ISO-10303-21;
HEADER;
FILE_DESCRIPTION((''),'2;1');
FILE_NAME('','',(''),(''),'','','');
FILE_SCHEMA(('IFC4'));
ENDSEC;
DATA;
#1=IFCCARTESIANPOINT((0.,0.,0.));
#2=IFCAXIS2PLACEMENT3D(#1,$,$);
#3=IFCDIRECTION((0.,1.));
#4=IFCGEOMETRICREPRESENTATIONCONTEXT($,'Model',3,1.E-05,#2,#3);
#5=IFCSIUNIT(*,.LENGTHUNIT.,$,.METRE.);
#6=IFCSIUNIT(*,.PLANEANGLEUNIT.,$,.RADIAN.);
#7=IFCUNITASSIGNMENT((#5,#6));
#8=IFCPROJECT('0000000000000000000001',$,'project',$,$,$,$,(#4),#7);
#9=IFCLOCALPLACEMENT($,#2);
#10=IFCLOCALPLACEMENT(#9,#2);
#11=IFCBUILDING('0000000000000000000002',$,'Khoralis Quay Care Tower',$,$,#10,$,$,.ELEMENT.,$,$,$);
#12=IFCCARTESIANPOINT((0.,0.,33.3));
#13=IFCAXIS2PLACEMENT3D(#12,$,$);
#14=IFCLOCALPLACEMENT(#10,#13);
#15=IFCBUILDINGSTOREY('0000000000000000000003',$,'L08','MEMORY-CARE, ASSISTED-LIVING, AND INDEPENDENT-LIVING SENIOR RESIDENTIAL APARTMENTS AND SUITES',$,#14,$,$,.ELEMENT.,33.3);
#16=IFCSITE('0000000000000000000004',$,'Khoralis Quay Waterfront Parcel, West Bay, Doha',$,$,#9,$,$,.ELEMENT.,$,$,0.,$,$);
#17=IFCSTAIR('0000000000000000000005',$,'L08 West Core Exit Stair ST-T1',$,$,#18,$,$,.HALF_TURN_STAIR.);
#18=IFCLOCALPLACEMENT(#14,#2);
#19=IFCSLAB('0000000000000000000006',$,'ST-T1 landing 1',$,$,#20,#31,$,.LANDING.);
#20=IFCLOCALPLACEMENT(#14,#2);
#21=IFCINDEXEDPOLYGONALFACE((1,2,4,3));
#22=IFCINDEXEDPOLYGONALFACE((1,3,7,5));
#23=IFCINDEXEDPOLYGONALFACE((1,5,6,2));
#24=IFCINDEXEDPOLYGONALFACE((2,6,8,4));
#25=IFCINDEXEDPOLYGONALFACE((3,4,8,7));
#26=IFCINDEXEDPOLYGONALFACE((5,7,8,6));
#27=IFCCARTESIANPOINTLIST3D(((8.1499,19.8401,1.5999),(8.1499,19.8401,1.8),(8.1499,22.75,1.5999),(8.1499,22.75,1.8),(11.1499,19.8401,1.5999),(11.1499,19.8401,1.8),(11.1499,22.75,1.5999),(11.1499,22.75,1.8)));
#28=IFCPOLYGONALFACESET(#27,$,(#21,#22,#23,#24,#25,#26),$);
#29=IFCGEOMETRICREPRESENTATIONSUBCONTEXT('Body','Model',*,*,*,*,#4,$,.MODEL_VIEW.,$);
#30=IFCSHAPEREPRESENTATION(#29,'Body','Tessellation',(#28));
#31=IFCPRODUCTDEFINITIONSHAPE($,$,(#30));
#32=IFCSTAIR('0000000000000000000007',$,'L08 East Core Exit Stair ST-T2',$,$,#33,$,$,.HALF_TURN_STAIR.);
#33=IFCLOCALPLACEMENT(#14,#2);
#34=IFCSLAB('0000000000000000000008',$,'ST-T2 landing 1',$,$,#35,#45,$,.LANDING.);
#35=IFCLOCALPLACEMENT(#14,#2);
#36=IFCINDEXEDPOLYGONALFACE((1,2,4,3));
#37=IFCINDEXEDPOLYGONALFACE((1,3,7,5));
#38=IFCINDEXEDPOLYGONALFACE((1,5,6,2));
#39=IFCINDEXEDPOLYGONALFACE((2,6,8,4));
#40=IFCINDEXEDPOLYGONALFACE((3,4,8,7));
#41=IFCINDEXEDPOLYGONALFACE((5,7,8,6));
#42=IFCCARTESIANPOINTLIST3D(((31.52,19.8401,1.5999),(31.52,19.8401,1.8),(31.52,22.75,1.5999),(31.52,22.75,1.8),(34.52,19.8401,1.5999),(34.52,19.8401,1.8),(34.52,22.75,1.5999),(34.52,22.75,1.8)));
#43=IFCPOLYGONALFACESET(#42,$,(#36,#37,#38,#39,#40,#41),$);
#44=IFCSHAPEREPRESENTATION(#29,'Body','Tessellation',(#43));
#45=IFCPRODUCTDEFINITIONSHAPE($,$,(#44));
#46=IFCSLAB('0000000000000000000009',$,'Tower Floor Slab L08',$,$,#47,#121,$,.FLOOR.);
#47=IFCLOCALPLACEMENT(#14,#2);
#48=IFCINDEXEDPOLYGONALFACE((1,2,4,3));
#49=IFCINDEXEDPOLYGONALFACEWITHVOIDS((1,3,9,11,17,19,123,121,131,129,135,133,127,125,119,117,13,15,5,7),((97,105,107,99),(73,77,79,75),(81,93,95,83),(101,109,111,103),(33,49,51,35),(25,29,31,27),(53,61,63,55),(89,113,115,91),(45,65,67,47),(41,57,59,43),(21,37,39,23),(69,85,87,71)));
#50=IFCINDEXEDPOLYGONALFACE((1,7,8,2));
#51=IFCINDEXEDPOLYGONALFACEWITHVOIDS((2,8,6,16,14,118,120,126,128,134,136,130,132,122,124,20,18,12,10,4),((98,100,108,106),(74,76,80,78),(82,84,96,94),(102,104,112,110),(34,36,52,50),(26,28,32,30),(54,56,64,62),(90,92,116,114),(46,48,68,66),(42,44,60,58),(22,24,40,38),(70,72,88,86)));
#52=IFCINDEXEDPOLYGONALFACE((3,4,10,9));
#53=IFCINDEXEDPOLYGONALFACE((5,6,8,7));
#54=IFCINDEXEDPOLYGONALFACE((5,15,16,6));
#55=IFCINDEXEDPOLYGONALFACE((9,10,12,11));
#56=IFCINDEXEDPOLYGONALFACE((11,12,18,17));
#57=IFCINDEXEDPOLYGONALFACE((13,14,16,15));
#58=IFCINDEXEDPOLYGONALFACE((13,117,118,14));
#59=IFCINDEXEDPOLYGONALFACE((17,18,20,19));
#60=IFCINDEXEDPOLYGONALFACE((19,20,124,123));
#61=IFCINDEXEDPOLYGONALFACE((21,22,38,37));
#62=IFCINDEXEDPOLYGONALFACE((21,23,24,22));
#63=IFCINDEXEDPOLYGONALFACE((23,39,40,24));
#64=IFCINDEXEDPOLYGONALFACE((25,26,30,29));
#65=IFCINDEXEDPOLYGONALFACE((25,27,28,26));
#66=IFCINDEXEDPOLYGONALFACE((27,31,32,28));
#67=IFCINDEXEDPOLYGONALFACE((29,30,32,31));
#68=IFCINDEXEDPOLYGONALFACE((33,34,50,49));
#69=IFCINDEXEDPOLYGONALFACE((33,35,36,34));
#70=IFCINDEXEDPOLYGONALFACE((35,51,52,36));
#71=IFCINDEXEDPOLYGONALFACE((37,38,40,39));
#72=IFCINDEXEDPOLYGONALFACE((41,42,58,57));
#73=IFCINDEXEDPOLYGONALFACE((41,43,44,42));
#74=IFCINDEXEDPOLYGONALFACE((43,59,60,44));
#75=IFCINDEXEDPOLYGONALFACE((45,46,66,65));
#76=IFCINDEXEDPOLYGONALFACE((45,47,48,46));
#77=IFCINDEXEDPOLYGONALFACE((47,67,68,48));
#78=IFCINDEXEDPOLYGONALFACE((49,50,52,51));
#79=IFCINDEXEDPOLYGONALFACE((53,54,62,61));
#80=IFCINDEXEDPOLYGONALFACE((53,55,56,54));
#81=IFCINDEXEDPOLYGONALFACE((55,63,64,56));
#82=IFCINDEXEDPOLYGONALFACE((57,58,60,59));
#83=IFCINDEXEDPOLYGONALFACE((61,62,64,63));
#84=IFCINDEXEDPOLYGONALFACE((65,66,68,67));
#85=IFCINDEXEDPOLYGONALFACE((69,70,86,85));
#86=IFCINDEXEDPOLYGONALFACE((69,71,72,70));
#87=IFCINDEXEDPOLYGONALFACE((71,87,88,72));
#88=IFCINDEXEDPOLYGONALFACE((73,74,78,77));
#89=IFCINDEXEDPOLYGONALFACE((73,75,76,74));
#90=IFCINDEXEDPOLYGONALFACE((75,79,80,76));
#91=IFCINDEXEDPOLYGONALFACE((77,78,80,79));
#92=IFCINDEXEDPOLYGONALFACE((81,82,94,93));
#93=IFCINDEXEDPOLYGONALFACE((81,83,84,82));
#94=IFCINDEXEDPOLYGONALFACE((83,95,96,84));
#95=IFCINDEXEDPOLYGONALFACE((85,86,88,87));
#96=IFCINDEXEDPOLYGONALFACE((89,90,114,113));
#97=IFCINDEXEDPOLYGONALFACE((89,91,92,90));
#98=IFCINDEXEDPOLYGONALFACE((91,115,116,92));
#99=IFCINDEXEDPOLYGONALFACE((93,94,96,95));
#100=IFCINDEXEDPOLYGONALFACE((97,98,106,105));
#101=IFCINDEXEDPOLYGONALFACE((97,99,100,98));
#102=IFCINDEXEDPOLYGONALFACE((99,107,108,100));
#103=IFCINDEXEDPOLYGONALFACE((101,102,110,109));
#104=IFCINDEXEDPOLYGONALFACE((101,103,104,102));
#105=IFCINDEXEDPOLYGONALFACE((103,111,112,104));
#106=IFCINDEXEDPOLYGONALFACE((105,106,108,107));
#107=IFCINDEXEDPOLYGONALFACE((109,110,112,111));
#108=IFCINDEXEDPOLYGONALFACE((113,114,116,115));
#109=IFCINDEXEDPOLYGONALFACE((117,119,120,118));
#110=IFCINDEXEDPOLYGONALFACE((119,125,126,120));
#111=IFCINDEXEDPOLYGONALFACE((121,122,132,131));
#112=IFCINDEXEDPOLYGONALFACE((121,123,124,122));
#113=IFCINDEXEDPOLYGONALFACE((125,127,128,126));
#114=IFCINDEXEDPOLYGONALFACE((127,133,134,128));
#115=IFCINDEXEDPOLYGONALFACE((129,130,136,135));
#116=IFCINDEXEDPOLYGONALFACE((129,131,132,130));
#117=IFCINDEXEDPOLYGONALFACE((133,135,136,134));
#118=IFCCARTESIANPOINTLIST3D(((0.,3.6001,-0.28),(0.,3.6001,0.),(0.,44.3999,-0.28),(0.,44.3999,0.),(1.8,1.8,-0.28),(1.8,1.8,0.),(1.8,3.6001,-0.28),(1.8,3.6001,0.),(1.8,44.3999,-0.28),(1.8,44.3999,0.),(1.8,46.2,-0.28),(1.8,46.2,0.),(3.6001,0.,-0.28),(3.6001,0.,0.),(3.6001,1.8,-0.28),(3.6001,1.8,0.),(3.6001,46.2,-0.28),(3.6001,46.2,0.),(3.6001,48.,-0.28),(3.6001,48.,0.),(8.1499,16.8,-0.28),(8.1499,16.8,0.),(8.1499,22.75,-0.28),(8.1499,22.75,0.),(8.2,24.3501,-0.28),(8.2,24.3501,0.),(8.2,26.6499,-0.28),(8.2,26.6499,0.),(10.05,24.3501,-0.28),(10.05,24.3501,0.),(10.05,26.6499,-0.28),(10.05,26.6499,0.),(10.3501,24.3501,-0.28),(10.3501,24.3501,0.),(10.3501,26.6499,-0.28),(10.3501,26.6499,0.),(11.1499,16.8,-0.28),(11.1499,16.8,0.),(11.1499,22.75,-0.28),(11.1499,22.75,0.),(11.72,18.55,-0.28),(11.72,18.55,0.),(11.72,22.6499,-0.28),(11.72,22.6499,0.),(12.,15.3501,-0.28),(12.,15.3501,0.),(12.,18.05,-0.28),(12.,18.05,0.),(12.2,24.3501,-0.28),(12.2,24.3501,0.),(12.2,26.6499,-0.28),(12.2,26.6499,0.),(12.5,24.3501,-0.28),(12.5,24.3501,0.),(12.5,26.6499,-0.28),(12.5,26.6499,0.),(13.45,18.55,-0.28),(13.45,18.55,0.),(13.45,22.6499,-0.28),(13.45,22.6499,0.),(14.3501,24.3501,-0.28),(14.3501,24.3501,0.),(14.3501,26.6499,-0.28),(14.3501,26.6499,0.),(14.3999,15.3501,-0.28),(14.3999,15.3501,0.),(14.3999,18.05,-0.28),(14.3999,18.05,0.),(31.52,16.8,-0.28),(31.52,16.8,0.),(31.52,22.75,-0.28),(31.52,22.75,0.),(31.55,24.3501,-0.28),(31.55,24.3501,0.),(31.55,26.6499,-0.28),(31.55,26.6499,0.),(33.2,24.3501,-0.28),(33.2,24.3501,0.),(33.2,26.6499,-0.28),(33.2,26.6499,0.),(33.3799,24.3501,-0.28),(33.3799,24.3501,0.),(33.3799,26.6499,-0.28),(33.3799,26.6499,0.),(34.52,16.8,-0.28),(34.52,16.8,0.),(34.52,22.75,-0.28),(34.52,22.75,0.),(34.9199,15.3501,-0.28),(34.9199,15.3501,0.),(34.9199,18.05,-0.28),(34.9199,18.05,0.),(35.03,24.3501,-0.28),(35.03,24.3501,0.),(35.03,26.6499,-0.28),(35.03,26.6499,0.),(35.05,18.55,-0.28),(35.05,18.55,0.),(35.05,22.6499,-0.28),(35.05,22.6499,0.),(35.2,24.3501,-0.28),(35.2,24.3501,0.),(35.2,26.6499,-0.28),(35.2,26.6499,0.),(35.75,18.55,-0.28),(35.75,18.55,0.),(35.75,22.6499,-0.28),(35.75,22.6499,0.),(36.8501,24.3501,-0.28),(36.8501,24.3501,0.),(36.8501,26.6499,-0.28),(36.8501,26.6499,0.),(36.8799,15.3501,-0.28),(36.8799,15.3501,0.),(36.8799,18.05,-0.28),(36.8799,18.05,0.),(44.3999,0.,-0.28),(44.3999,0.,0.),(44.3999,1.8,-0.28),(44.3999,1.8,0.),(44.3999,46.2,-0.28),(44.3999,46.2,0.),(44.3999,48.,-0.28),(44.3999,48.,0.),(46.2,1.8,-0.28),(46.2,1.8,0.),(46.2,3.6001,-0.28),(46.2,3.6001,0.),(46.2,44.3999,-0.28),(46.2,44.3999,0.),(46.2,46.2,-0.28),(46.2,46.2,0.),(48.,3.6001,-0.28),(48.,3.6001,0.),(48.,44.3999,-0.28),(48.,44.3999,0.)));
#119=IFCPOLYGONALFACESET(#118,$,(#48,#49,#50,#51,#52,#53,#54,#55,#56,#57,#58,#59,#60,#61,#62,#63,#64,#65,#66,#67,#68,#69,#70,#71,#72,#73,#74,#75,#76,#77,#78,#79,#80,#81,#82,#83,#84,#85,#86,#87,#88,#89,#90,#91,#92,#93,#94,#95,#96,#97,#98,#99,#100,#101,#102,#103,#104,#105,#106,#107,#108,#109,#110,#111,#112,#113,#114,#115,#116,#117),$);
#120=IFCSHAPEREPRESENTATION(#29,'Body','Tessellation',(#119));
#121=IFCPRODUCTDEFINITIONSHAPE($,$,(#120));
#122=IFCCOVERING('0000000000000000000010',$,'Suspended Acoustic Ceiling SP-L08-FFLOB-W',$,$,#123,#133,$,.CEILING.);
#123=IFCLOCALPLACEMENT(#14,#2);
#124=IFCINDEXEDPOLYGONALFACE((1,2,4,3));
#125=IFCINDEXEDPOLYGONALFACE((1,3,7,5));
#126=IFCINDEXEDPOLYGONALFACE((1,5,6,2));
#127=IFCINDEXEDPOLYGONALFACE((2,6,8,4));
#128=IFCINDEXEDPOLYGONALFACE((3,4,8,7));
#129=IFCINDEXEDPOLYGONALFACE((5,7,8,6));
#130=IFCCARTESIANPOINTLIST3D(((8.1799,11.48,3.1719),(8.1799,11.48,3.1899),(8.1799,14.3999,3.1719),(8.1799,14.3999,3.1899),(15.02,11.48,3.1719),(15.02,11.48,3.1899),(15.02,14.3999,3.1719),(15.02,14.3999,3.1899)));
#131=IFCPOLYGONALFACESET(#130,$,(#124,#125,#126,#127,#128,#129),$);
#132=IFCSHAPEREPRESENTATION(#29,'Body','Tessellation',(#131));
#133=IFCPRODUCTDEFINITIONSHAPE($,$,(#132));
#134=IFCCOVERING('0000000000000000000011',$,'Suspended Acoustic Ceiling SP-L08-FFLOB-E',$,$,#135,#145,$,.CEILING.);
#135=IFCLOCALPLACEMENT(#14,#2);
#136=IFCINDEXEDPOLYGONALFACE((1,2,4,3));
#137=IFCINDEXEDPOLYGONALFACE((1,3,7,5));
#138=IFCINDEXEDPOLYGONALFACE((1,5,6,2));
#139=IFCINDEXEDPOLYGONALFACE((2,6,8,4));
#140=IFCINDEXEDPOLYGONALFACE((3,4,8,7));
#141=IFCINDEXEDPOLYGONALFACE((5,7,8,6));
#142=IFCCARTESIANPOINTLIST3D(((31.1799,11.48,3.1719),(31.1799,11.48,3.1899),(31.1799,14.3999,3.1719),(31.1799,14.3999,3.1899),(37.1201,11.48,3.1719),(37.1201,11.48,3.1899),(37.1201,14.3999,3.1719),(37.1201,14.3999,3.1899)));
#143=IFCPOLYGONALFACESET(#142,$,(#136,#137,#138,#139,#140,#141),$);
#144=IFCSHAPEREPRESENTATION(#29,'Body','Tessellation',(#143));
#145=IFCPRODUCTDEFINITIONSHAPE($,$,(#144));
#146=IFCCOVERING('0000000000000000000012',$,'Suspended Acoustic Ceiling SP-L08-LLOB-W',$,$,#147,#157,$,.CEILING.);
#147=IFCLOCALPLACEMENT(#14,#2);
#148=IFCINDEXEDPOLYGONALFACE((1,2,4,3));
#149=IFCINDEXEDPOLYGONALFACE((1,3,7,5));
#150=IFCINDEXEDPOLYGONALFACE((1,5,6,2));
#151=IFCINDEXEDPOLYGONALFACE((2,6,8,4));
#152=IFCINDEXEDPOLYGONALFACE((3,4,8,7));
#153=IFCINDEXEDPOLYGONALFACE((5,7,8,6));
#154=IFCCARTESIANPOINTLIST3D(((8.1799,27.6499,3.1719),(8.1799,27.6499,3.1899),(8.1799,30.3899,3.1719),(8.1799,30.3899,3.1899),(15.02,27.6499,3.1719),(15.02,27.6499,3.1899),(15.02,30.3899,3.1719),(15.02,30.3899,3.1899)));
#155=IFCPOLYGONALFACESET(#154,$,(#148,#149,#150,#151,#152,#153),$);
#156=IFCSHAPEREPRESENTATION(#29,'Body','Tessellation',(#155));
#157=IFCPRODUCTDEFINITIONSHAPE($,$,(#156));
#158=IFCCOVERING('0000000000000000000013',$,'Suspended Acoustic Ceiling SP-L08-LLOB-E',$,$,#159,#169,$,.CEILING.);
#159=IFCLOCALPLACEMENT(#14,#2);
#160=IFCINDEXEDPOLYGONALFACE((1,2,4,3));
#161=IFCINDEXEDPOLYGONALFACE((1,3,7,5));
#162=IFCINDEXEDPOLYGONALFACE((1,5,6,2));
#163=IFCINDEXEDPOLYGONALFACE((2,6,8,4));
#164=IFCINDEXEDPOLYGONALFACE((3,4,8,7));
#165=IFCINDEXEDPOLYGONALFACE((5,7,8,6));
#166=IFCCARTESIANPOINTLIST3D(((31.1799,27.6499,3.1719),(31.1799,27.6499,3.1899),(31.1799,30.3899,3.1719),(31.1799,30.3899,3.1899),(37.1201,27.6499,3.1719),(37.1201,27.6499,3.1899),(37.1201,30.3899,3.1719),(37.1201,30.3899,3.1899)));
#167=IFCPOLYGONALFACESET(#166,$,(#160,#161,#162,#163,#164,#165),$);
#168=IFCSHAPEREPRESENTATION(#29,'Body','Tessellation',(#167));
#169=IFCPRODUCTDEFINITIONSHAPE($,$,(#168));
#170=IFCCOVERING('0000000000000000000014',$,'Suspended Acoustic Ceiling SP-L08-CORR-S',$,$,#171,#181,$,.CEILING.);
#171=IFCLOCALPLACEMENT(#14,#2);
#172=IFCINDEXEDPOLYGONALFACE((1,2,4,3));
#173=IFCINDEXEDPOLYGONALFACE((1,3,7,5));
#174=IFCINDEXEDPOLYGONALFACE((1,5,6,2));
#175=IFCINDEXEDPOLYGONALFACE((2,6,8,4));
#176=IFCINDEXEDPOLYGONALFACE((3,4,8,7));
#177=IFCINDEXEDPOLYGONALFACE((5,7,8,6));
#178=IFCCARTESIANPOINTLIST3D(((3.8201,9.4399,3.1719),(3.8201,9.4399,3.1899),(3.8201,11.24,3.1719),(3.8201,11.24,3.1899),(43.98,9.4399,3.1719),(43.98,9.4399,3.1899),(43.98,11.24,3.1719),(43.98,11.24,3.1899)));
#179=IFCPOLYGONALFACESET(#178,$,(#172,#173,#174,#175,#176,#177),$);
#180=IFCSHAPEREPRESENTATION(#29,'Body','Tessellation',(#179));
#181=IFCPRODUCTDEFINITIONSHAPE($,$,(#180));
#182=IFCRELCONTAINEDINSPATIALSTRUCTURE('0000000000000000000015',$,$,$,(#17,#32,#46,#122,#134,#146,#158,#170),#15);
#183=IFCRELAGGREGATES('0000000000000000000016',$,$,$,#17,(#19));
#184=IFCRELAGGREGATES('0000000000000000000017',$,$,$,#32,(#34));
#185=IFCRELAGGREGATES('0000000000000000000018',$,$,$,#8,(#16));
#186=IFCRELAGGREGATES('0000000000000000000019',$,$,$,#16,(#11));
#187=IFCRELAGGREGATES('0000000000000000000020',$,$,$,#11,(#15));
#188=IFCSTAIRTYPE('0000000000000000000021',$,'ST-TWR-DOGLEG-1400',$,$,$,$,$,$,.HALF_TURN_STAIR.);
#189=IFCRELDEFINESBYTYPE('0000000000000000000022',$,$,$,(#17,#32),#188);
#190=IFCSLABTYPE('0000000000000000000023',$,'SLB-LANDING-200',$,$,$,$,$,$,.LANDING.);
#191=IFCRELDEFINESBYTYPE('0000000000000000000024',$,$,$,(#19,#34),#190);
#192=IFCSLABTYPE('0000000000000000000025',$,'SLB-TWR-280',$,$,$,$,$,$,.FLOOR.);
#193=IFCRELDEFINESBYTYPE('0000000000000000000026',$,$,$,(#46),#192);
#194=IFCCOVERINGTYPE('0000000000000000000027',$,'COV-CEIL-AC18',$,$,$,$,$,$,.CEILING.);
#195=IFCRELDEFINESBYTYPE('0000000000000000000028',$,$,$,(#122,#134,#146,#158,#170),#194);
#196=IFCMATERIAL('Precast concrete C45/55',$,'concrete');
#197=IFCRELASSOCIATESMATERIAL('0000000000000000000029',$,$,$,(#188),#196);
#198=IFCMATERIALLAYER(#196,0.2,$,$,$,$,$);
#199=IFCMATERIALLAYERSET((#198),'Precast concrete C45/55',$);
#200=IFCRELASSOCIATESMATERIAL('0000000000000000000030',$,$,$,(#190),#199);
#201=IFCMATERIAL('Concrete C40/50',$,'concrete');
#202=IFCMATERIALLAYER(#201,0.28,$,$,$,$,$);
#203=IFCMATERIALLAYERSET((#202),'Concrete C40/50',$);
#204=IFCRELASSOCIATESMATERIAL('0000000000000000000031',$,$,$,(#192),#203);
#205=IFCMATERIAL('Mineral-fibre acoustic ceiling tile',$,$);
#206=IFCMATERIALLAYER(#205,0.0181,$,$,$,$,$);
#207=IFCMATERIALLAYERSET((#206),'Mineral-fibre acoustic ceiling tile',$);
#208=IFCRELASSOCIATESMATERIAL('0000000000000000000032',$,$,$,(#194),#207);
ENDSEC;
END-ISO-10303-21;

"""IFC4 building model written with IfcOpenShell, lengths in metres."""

from ifc_helpers import new_model, si_unit, direction, frame, origin, place, context, subcontext, project, spatial, polyline, outline, extrude, material, layer, layer_set, type_object, element, aggregate, save


model = new_model("IFC4")

# Units and contexts
model_context = context("Model", 3, precision=1e-05, world=origin(), true_north=direction((0.0, 1.0)))
body_context = subcontext(model_context, "Body", "Model", "MODEL_VIEW")
ifc_project = project(units=[si_unit("LENGTHUNIT", "METRE"), si_unit("PLANEANGLEUNIT", "RADIAN")], contexts=[model_context])

# Site, building, storey
site_placement = place(None, origin())
site = spatial("IfcSite", under=ifc_project, at=site_placement, Name="Khoralis Quay Waterfront Parcel, West Bay, Doha", CompositionType="ELEMENT", RefElevation=0.0)
building_placement = place(site_placement, origin())
building = spatial("IfcBuilding", under=site, at=building_placement, Name="Khoralis Quay Care Tower", CompositionType="ELEMENT")
storey_placement = place(building_placement, frame((0.0, 0.0, 33.3)))
storey = spatial("IfcBuildingStorey", under=building, at=storey_placement, Name="L08", Description="MEMORY-CARE, ASSISTED-LIVING, AND INDEPENDENT-LIVING SENIOR RESIDENTIAL APARTMENTS AND SUITES", CompositionType="ELEMENT", Elevation=33.3)

# Stairs, slabs
ifc_material_1 = material(Name="Precast concrete C45/55", Category="concrete")
stair_type = type_object("IfcStairType", Name="ST-TWR-DOGLEG-1400", PredefinedType="HALF_TURN_STAIR", material=ifc_material_1)
stair_1_placement = place(storey_placement, origin())
stair_1 = element("IfcStair", 1, at=stair_1_placement, inside=storey, type_object=stair_type, Name="L08 West Core Exit Stair ST-T1", PredefinedType="HALF_TURN_STAIR")
ifc_layer_1 = layer(ifc_material_1, 0.2)
ifc_layer_set_1 = layer_set([ifc_layer_1], Name="Precast concrete C45/55")
slab_type_1 = type_object("IfcSlabType", Name="SLB-LANDING-200", PredefinedType="LANDING", material=ifc_layer_set_1)
slab_1_placement = place(storey_placement, frame((0.0, 0.0, 1.5999)))
slab_1 = element("IfcSlab", 2, at=slab_1_placement, type_object=slab_type_1, Name="ST-T1 landing 1", PredefinedType="LANDING", context=body_context, shape_type="SweptSolid", body=[
    extrude(outline(polyline([(11.1499, 19.8401), (11.1499, 22.75), (8.1499, 22.75), (8.1499, 19.8401), (11.1499, 19.8401)])), origin(), (0.0, 0.0, 1.0), 0.2002),
])
aggregate(stair_1, [slab_1])
stair_2_placement = place(storey_placement, origin())
stair_2 = element("IfcStair", 3, at=stair_2_placement, inside=storey, type_object=stair_type, Name="L08 East Core Exit Stair ST-T2", PredefinedType="HALF_TURN_STAIR")
slab_2_placement = place(storey_placement, frame((0.0, 0.0, 1.5999)))
slab_2 = element("IfcSlab", 4, at=slab_2_placement, type_object=slab_type_1, Name="ST-T2 landing 1", PredefinedType="LANDING", context=body_context, shape_type="SweptSolid", body=[
    extrude(outline(polyline([(34.52, 19.8401), (34.52, 22.75), (31.52, 22.75), (31.52, 19.8401), (34.52, 19.8401)])), origin(), (0.0, 0.0, 1.0), 0.2002),
])
aggregate(stair_2, [slab_2])

# Slab
ifc_material_2 = material(Name="Concrete C40/50", Category="concrete")
ifc_layer_2 = layer(ifc_material_2, 0.28)
ifc_layer_set_2 = layer_set([ifc_layer_2], Name="Concrete C40/50")
slab_type_2 = type_object("IfcSlabType", Name="SLB-TWR-280", PredefinedType="FLOOR", material=ifc_layer_set_2)
slab_3_placement = place(storey_placement, frame((0.0, 0.0, -0.28)))
element("IfcSlab", 5, at=slab_3_placement, inside=storey, type_object=slab_type_2, Name="Tower Floor Slab L08", PredefinedType="FLOOR", context=body_context, shape_type="SweptSolid", body=[
    extrude(outline(polyline([(3.6001, 0.0), (44.3999, 0.0), (44.3999, 1.8), (46.2, 1.8), (46.2, 3.6001), (48.0, 3.6001), (48.0, 44.3999), (46.2, 44.3999), (46.2, 46.2), (44.3999, 46.2), (44.3999, 48.0), (3.6001, 48.0), (3.6001, 46.2), (1.8, 46.2), (1.8, 44.3999), (0.0, 44.3999), (0.0, 3.6001), (1.8, 3.6001), (1.8, 1.8), (3.6001, 1.8), (3.6001, 0.0)]), holes=[polyline([(11.1499, 16.8), (11.1499, 22.75), (8.1499, 22.75), (8.1499, 16.8), (11.1499, 16.8)]), polyline([(34.52, 16.8), (34.52, 22.75), (31.52, 22.75), (31.52, 16.8), (34.52, 16.8)]), polyline([(12.0, 15.3501), (14.3999, 15.3501), (14.3999, 18.05), (12.0, 18.05), (12.0, 15.3501)]), polyline([(34.9199, 15.3501), (36.8799, 15.3501), (36.8799, 18.05), (34.9199, 18.05), (34.9199, 15.3501)]), polyline([(8.2, 24.3501), (10.05, 24.3501), (10.05, 26.6499), (8.2, 26.6499), (8.2, 24.3501)]), polyline([(31.55, 24.3501), (33.2, 24.3501), (33.2, 26.6499), (31.55, 26.6499), (31.55, 24.3501)]), polyline([(10.3501, 24.3501), (12.2, 24.3501), (12.2, 26.6499), (10.3501, 26.6499), (10.3501, 24.3501)]), polyline([(33.3799, 24.3501), (35.03, 24.3501), (35.03, 26.6499), (33.3799, 26.6499), (33.3799, 24.3501)]), polyline([(12.5, 24.3501), (14.3501, 24.3501), (14.3501, 26.6499), (12.5, 26.6499), (12.5, 24.3501)]), polyline([(35.2, 24.3501), (36.8501, 24.3501), (36.8501, 26.6499), (35.2, 26.6499), (35.2, 24.3501)]), polyline([(11.72, 18.55), (13.45, 18.55), (13.45, 22.6499), (11.72, 22.6499), (11.72, 18.55)]), polyline([(35.05, 18.55), (35.75, 18.55), (35.75, 22.6499), (35.05, 22.6499), (35.05, 18.55)])]), origin(), (0.0, 0.0, 1.0), 0.28),
])

# Coverings
ifc_material_3 = material(Name="Mineral-fibre acoustic ceiling tile")
ifc_layer_3 = layer(ifc_material_3, 0.0181)
ifc_layer_set_3 = layer_set([ifc_layer_3], Name="Mineral-fibre acoustic ceiling tile")
covering_type_1 = type_object("IfcCoveringType", Name="COV-CEIL-AC18", PredefinedType="CEILING", material=ifc_layer_set_3)
covering_1_placement = place(storey_placement, frame((0.0, 0.0, 3.1719)))
element("IfcCovering", 6, at=covering_1_placement, inside=storey, type_object=covering_type_1, Name="Suspended Acoustic Ceiling SP-L08-FFLOB-W", PredefinedType="CEILING", context=body_context, shape_type="SweptSolid", body=[
    extrude(outline(polyline([(8.1799, 11.48), (15.02, 11.48), (15.02, 14.3999), (8.1799, 14.3999), (8.1799, 11.48)])), origin(), (0.0, 0.0, 1.0), 0.0181),
])
covering_2_placement = place(storey_placement, frame((0.0, 0.0, 3.1719)))
element("IfcCovering", 7, at=covering_2_placement, inside=storey, type_object=covering_type_1, Name="Suspended Acoustic Ceiling SP-L08-FFLOB-E", PredefinedType="CEILING", context=body_context, shape_type="SweptSolid", body=[
    extrude(outline(polyline([(31.1799, 11.48), (37.1201, 11.48), (37.1201, 14.3999), (31.1799, 14.3999), (31.1799, 11.48)])), origin(), (0.0, 0.0, 1.0), 0.0181),
])
covering_3_placement = place(storey_placement, frame((0.0, 0.0, 3.1719)))
element("IfcCovering", 8, at=covering_3_placement, inside=storey, type_object=covering_type_1, Name="Suspended Acoustic Ceiling SP-L08-LLOB-W", PredefinedType="CEILING", context=body_context, shape_type="SweptSolid", body=[
    extrude(outline(polyline([(8.1799, 27.6499), (15.02, 27.6499), (15.02, 30.3899), (8.1799, 30.3899), (8.1799, 27.6499)])), origin(), (0.0, 0.0, 1.0), 0.0181),
])
covering_4_placement = place(storey_placement, frame((0.0, 0.0, 3.1719)))
element("IfcCovering", 9, at=covering_4_placement, inside=storey, type_object=covering_type_1, Name="Suspended Acoustic Ceiling SP-L08-LLOB-E", PredefinedType="CEILING", context=body_context, shape_type="SweptSolid", body=[
    extrude(outline(polyline([(31.1799, 27.6499), (37.1201, 27.6499), (37.1201, 30.3899), (31.1799, 30.3899), (31.1799, 27.6499)])), origin(), (0.0, 0.0, 1.0), 0.0181),
])
covering_5_placement = place(storey_placement, frame((0.0, 0.0, 3.1719)))
element("IfcCovering", 10, at=covering_5_placement, inside=storey, type_object=covering_type_1, Name="Suspended Acoustic Ceiling SP-L08-CORR-S", PredefinedType="CEILING", context=body_context, shape_type="SweptSolid", body=[
    extrude(outline(polyline([(3.8201, 9.4399), (43.98, 9.4399), (43.98, 11.24), (3.8201, 11.24), (3.8201, 9.4399)])), origin(), (0.0, 0.0, 1.0), 0.0181),
])

save(model, "model.ifc")
